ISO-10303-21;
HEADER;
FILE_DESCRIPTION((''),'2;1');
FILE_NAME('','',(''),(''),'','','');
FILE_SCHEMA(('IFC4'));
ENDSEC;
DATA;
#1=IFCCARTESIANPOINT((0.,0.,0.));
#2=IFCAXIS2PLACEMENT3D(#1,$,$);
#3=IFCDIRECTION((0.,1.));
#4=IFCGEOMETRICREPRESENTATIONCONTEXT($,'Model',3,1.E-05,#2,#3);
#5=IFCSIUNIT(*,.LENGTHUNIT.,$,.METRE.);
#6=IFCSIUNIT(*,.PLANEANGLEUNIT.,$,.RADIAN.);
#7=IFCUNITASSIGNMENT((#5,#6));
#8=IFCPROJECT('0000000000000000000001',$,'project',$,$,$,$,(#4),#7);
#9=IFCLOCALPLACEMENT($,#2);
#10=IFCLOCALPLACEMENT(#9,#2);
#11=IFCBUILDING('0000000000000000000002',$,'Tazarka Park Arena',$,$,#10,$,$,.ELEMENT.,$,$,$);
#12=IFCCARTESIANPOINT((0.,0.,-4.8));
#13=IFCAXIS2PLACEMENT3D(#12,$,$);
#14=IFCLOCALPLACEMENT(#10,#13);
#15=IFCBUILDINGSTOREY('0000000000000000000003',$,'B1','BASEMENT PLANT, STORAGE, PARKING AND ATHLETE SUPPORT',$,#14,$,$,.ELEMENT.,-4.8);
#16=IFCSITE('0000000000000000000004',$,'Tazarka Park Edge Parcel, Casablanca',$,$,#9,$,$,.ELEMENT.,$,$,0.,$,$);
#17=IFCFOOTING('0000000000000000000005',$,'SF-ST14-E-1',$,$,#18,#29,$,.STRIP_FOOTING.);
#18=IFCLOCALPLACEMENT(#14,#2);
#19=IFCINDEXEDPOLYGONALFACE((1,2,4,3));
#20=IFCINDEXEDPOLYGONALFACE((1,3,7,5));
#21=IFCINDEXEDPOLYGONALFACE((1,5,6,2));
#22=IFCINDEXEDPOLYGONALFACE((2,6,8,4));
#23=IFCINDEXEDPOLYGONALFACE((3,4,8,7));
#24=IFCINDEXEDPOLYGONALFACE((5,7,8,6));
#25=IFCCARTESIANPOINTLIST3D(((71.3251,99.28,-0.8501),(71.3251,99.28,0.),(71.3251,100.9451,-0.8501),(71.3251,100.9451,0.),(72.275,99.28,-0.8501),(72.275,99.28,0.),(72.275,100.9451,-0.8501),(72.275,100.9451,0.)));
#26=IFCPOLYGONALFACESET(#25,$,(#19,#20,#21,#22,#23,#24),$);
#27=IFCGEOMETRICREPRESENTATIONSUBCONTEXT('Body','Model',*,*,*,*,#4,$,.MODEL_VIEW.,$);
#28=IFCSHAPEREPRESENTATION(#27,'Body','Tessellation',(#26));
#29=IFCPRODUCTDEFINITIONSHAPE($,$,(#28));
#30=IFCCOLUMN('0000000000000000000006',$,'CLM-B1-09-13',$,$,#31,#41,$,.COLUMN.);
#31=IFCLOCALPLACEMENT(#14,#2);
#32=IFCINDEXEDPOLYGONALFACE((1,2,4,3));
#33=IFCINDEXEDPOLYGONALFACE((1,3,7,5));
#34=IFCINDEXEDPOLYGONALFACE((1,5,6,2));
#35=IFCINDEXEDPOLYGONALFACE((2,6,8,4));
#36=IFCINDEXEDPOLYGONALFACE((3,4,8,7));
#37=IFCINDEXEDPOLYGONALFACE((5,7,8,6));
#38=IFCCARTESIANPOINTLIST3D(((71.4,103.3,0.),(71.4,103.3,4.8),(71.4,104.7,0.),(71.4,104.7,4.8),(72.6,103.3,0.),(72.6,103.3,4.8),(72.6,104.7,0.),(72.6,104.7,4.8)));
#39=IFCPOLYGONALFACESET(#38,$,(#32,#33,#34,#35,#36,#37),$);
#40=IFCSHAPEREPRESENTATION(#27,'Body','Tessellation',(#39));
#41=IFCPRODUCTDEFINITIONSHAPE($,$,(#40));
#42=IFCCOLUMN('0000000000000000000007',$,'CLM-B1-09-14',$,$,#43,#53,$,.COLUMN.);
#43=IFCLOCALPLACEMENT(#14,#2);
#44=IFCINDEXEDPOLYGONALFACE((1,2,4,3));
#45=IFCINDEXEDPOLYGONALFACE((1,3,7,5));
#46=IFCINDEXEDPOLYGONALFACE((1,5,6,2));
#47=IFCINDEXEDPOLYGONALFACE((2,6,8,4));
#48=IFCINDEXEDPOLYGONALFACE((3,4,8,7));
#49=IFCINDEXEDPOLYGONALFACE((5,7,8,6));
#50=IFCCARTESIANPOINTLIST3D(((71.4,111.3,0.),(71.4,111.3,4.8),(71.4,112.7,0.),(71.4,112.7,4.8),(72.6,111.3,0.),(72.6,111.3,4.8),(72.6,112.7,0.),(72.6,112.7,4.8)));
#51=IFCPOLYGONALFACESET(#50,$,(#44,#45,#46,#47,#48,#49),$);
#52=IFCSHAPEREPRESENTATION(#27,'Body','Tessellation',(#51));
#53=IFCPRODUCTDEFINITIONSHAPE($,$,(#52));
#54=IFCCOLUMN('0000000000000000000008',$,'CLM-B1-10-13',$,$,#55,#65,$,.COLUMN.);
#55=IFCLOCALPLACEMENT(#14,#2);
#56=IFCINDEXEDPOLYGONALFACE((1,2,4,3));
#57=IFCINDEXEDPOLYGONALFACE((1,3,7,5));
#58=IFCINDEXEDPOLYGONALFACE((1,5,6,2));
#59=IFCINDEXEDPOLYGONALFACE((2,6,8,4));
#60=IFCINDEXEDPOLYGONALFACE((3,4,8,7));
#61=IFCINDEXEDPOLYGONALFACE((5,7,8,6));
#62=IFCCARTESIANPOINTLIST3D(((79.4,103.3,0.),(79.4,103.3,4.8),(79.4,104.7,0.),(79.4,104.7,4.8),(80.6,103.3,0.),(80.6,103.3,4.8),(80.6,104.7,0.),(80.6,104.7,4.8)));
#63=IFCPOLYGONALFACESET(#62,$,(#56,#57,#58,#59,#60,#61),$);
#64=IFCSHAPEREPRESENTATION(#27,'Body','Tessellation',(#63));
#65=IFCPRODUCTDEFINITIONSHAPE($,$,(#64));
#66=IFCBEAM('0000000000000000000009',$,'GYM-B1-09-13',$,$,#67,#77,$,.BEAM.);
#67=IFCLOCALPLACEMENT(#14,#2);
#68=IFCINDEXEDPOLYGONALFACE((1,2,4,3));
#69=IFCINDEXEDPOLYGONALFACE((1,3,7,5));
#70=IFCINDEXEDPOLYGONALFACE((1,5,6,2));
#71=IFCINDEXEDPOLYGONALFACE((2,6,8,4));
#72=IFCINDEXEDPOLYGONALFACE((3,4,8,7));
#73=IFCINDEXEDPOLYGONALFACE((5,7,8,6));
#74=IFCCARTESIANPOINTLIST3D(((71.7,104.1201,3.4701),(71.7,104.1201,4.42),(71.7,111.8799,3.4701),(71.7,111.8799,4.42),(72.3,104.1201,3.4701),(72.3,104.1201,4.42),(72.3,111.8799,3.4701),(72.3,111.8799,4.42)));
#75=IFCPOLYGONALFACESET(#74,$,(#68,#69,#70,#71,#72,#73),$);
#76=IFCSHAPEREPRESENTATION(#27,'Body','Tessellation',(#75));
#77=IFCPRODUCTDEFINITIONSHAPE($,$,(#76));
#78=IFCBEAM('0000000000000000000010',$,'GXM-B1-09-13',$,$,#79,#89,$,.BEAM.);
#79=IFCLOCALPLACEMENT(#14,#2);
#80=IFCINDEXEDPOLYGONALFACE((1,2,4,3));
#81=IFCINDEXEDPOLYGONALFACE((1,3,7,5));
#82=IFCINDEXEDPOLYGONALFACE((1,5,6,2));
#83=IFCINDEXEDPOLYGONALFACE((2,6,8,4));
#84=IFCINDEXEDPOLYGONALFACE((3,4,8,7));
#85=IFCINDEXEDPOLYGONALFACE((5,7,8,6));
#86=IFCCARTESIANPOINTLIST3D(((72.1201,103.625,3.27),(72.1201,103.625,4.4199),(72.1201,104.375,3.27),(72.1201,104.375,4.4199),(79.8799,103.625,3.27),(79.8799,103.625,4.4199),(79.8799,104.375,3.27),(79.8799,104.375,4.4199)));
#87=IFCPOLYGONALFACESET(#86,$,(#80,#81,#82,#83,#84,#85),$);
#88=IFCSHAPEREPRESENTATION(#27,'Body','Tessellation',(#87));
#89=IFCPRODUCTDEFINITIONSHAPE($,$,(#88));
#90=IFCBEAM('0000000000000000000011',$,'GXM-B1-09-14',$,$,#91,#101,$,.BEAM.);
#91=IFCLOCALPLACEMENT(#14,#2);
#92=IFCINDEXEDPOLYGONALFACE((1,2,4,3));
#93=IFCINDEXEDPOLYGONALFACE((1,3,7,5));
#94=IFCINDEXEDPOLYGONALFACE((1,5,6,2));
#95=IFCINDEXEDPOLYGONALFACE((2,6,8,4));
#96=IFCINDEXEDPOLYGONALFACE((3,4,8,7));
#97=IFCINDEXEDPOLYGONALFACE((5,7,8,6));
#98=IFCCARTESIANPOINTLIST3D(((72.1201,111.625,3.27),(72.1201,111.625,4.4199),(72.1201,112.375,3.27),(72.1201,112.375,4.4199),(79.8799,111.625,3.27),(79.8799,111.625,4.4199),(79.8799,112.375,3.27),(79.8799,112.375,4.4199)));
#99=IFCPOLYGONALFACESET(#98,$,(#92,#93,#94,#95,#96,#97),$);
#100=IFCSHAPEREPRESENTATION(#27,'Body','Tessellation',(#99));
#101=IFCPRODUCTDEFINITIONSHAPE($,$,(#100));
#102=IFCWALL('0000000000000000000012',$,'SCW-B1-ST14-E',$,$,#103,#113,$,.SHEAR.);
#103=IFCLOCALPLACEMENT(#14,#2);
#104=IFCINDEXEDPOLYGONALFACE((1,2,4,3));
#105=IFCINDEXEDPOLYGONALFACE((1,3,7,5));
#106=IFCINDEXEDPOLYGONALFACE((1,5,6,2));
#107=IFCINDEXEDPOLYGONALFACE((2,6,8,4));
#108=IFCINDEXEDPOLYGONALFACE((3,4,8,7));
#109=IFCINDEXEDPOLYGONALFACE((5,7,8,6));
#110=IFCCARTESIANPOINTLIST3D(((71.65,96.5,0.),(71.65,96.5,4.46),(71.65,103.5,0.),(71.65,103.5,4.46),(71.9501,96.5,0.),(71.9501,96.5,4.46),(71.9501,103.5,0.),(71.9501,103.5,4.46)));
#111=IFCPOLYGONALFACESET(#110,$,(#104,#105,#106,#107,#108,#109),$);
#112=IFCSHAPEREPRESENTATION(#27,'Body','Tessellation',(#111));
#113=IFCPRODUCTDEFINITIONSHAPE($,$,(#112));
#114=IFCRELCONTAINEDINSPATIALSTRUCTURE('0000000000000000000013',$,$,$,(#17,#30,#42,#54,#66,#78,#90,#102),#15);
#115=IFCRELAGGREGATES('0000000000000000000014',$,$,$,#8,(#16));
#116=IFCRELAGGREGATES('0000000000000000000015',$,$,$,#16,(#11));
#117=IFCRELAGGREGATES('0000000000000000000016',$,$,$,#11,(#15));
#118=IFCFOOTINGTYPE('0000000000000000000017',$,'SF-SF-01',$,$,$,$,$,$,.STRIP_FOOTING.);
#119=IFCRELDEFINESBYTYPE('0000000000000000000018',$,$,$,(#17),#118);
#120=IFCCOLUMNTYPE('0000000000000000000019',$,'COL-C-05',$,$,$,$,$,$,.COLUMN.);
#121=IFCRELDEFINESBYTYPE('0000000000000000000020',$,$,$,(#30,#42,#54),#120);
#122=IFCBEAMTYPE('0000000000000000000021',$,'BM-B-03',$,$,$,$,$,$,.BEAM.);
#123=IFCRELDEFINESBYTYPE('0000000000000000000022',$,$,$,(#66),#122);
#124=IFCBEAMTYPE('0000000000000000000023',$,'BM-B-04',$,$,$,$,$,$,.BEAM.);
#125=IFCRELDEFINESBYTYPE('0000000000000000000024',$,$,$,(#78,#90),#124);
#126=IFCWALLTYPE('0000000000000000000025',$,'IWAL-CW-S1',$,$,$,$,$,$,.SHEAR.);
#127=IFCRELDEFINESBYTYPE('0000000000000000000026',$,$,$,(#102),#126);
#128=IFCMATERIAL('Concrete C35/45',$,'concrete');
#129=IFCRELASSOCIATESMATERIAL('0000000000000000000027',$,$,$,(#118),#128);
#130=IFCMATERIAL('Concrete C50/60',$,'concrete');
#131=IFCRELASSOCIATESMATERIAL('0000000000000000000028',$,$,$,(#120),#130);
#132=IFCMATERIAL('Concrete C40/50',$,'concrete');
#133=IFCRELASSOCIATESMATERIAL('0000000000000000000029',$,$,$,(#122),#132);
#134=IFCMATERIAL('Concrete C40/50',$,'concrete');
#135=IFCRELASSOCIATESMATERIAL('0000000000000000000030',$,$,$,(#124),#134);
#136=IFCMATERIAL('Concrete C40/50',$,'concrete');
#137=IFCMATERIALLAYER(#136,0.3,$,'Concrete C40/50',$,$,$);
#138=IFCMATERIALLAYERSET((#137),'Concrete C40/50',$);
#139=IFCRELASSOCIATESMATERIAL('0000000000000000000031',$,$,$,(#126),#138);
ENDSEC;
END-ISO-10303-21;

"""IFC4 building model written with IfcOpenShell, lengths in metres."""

from ifc_helpers import new_model, si_unit, direction, frame, frame_2d, origin, origin_2d, place, context, subcontext, project, spatial, rectangle, extrude, material, layer, layer_set, material_profile, profile_set, type_object, element, save


model = new_model("IFC4")

# Units and contexts
model_context = context("Model", 3, precision=1e-05, world=origin(), true_north=direction((0.0, 1.0)))
body_context = subcontext(model_context, "Body", "Model", "MODEL_VIEW")
ifc_project = project(units=[si_unit("LENGTHUNIT", "METRE"), si_unit("PLANEANGLEUNIT", "RADIAN")], contexts=[model_context])

# Site, building, storey
site_placement = place(None, origin())
site = spatial("IfcSite", under=ifc_project, at=site_placement, Name="Tazarka Park Edge Parcel, Casablanca", CompositionType="ELEMENT", RefElevation=0.0)
building_placement = place(site_placement, origin())
building = spatial("IfcBuilding", under=site, at=building_placement, Name="Tazarka Park Arena", CompositionType="ELEMENT")
storey_placement = place(building_placement, frame((0.0, 0.0, -4.8)))
storey = spatial("IfcBuildingStorey", under=building, at=storey_placement, Name="B1", Description="BASEMENT PLANT, STORAGE, PARKING AND ATHLETE SUPPORT", CompositionType="ELEMENT", Elevation=-4.8)

# Footing
ifc_material_1 = material(Name="Concrete C35/45", Category="concrete")
ifc_material_profile_1 = material_profile(ifc_material_1, rectangle(XDim=0.95, YDim=0.8501, at=origin_2d()), Name="Concrete C35/45")
ifc_profile_set_1 = profile_set([ifc_material_profile_1], Name="Concrete C35/45")
footing_type_1 = type_object("IfcFootingType", Name="SF-SF-01", PredefinedType="STRIP_FOOTING", material=ifc_profile_set_1)
footing_1_placement = place(storey_placement, frame((71.8, 100.9451, -0.425), z_axis=(0.0, -1.0, 0.0), x_axis=(1.0, 0.0, 0.0)))
element("IfcFooting", 1, at=footing_1_placement, inside=storey, type_object=footing_type_1, Name="SF-ST14-E-1", PredefinedType="STRIP_FOOTING", context=body_context, shape_type="SweptSolid", body=[
    extrude(rectangle(XDim=0.95, YDim=0.8501, at=origin_2d()), origin(), (0.0, 0.0, 1.0), 1.665),
])

# Columns
ifc_material_2 = material(Name="Concrete C50/60", Category="concrete")
ifc_material_profile_2 = material_profile(ifc_material_2, rectangle(XDim=1.2, YDim=1.3999, at=origin_2d()), Name="Concrete C50/60")
ifc_profile_set_2 = profile_set([ifc_material_profile_2], Name="Concrete C50/60")
column_type = type_object("IfcColumnType", Name="COL-C-05", PredefinedType="COLUMN", material=ifc_profile_set_2)
for number, where, z_axis, x_axis, name in (
    (2, (72.0, 104.0, 0.0), (0.0, 0.0, 1.0), (1.0, 0.0, 0.0), "CLM-B1-09-13"),
    (3, (72.0, 112.0, 0.0), (0.0, 0.0, 1.0), (1.0, 0.0, 0.0), "CLM-B1-09-14"),
    (4, (80.0, 104.0, 0.0), (0.0, 0.0, 1.0), (1.0, 0.0, 0.0), "CLM-B1-10-13"),
):
    element("IfcColumn", number, at=place(storey_placement, frame(where, z_axis=z_axis, x_axis=x_axis)), inside=storey, type_object=column_type, Name=name, PredefinedType="COLUMN", context=body_context, shape_type="SweptSolid", body=[
        extrude(rectangle(XDim=1.2, YDim=1.3999, at=origin_2d()), origin(), (0.0, 0.0, 1.0), 4.8),
    ])

# Beams
ifc_material_3 = material(Name="Concrete C40/50", Category="concrete")
ifc_material_profile_3 = material_profile(ifc_material_3, rectangle(XDim=0.6001, YDim=0.95, at=origin_2d()), Name="Concrete C40/50")
ifc_profile_set_3 = profile_set([ifc_material_profile_3], Name="Concrete C40/50")
beam_type_1 = type_object("IfcBeamType", Name="BM-B-03", PredefinedType="BEAM", material=ifc_profile_set_3)
beam_placement = place(storey_placement, frame((72.0, 104.1201, 3.9451), z_axis=(0.0, 1.0, 0.0), x_axis=(-1.0, 0.0, 0.0)))
element("IfcBeam", 5, at=beam_placement, inside=storey, type_object=beam_type_1, Name="GYM-B1-09-13", PredefinedType="BEAM", context=body_context, shape_type="SweptSolid", body=[
    extrude(rectangle(XDim=0.6001, YDim=0.95, at=origin_2d()), origin(), (0.0, 0.0, 1.0), 7.7598),
])
ifc_material_4 = material(Name="Concrete C40/50", Category="concrete")
ifc_material_profile_4 = material_profile(ifc_material_4, rectangle(XDim=0.75, YDim=1.1499, at=origin_2d()), Name="Concrete C40/50")
ifc_profile_set_4 = profile_set([ifc_material_profile_4], Name="Concrete C40/50")
beam_type_2 = type_object("IfcBeamType", Name="BM-B-04", PredefinedType="BEAM", material=ifc_profile_set_4)
for number, where, z_axis, x_axis, name in (
    (6, (72.1201, 104.0, 3.845), (1.0, 0.0, 0.0), (0.0, 1.0, 0.0), "GXM-B1-09-13"),
    (7, (72.1201, 112.0, 3.845), (1.0, 0.0, 0.0), (0.0, 1.0, 0.0), "GXM-B1-09-14"),
):
    element("IfcBeam", number, at=place(storey_placement, frame(where, z_axis=z_axis, x_axis=x_axis)), inside=storey, type_object=beam_type_2, Name=name, PredefinedType="BEAM", context=body_context, shape_type="SweptSolid", body=[
        extrude(rectangle(XDim=0.75, YDim=1.1499, at=origin_2d()), origin(), (0.0, 0.0, 1.0), 7.7598),
    ])

# Wall
ifc_material_5 = material(Name="Concrete C40/50", Category="concrete")
ifc_layer = layer(ifc_material_5, 0.3, Name="Concrete C40/50")
ifc_layer_set = layer_set([ifc_layer], Name="Concrete C40/50")
wall_type = type_object("IfcWallType", Name="IWAL-CW-S1", PredefinedType="SHEAR", material=ifc_layer_set)
wall_placement = place(storey_placement, frame((71.8, 103.5, 0.0), z_axis=(0.0, 0.0, 1.0), x_axis=(0.0, -1.0, 0.0)))
element("IfcWall", 8, at=wall_placement, inside=storey, type_object=wall_type, Name="SCW-B1-ST14-E", PredefinedType="SHEAR", context=body_context, shape_type="SweptSolid", body=[
    extrude(rectangle(XDim=7.0, YDim=0.3, at=frame_2d((3.5, 0.0))), origin(), (0.0, 0.0, 1.0), 4.46),
])

save(model, "model.ifc")
